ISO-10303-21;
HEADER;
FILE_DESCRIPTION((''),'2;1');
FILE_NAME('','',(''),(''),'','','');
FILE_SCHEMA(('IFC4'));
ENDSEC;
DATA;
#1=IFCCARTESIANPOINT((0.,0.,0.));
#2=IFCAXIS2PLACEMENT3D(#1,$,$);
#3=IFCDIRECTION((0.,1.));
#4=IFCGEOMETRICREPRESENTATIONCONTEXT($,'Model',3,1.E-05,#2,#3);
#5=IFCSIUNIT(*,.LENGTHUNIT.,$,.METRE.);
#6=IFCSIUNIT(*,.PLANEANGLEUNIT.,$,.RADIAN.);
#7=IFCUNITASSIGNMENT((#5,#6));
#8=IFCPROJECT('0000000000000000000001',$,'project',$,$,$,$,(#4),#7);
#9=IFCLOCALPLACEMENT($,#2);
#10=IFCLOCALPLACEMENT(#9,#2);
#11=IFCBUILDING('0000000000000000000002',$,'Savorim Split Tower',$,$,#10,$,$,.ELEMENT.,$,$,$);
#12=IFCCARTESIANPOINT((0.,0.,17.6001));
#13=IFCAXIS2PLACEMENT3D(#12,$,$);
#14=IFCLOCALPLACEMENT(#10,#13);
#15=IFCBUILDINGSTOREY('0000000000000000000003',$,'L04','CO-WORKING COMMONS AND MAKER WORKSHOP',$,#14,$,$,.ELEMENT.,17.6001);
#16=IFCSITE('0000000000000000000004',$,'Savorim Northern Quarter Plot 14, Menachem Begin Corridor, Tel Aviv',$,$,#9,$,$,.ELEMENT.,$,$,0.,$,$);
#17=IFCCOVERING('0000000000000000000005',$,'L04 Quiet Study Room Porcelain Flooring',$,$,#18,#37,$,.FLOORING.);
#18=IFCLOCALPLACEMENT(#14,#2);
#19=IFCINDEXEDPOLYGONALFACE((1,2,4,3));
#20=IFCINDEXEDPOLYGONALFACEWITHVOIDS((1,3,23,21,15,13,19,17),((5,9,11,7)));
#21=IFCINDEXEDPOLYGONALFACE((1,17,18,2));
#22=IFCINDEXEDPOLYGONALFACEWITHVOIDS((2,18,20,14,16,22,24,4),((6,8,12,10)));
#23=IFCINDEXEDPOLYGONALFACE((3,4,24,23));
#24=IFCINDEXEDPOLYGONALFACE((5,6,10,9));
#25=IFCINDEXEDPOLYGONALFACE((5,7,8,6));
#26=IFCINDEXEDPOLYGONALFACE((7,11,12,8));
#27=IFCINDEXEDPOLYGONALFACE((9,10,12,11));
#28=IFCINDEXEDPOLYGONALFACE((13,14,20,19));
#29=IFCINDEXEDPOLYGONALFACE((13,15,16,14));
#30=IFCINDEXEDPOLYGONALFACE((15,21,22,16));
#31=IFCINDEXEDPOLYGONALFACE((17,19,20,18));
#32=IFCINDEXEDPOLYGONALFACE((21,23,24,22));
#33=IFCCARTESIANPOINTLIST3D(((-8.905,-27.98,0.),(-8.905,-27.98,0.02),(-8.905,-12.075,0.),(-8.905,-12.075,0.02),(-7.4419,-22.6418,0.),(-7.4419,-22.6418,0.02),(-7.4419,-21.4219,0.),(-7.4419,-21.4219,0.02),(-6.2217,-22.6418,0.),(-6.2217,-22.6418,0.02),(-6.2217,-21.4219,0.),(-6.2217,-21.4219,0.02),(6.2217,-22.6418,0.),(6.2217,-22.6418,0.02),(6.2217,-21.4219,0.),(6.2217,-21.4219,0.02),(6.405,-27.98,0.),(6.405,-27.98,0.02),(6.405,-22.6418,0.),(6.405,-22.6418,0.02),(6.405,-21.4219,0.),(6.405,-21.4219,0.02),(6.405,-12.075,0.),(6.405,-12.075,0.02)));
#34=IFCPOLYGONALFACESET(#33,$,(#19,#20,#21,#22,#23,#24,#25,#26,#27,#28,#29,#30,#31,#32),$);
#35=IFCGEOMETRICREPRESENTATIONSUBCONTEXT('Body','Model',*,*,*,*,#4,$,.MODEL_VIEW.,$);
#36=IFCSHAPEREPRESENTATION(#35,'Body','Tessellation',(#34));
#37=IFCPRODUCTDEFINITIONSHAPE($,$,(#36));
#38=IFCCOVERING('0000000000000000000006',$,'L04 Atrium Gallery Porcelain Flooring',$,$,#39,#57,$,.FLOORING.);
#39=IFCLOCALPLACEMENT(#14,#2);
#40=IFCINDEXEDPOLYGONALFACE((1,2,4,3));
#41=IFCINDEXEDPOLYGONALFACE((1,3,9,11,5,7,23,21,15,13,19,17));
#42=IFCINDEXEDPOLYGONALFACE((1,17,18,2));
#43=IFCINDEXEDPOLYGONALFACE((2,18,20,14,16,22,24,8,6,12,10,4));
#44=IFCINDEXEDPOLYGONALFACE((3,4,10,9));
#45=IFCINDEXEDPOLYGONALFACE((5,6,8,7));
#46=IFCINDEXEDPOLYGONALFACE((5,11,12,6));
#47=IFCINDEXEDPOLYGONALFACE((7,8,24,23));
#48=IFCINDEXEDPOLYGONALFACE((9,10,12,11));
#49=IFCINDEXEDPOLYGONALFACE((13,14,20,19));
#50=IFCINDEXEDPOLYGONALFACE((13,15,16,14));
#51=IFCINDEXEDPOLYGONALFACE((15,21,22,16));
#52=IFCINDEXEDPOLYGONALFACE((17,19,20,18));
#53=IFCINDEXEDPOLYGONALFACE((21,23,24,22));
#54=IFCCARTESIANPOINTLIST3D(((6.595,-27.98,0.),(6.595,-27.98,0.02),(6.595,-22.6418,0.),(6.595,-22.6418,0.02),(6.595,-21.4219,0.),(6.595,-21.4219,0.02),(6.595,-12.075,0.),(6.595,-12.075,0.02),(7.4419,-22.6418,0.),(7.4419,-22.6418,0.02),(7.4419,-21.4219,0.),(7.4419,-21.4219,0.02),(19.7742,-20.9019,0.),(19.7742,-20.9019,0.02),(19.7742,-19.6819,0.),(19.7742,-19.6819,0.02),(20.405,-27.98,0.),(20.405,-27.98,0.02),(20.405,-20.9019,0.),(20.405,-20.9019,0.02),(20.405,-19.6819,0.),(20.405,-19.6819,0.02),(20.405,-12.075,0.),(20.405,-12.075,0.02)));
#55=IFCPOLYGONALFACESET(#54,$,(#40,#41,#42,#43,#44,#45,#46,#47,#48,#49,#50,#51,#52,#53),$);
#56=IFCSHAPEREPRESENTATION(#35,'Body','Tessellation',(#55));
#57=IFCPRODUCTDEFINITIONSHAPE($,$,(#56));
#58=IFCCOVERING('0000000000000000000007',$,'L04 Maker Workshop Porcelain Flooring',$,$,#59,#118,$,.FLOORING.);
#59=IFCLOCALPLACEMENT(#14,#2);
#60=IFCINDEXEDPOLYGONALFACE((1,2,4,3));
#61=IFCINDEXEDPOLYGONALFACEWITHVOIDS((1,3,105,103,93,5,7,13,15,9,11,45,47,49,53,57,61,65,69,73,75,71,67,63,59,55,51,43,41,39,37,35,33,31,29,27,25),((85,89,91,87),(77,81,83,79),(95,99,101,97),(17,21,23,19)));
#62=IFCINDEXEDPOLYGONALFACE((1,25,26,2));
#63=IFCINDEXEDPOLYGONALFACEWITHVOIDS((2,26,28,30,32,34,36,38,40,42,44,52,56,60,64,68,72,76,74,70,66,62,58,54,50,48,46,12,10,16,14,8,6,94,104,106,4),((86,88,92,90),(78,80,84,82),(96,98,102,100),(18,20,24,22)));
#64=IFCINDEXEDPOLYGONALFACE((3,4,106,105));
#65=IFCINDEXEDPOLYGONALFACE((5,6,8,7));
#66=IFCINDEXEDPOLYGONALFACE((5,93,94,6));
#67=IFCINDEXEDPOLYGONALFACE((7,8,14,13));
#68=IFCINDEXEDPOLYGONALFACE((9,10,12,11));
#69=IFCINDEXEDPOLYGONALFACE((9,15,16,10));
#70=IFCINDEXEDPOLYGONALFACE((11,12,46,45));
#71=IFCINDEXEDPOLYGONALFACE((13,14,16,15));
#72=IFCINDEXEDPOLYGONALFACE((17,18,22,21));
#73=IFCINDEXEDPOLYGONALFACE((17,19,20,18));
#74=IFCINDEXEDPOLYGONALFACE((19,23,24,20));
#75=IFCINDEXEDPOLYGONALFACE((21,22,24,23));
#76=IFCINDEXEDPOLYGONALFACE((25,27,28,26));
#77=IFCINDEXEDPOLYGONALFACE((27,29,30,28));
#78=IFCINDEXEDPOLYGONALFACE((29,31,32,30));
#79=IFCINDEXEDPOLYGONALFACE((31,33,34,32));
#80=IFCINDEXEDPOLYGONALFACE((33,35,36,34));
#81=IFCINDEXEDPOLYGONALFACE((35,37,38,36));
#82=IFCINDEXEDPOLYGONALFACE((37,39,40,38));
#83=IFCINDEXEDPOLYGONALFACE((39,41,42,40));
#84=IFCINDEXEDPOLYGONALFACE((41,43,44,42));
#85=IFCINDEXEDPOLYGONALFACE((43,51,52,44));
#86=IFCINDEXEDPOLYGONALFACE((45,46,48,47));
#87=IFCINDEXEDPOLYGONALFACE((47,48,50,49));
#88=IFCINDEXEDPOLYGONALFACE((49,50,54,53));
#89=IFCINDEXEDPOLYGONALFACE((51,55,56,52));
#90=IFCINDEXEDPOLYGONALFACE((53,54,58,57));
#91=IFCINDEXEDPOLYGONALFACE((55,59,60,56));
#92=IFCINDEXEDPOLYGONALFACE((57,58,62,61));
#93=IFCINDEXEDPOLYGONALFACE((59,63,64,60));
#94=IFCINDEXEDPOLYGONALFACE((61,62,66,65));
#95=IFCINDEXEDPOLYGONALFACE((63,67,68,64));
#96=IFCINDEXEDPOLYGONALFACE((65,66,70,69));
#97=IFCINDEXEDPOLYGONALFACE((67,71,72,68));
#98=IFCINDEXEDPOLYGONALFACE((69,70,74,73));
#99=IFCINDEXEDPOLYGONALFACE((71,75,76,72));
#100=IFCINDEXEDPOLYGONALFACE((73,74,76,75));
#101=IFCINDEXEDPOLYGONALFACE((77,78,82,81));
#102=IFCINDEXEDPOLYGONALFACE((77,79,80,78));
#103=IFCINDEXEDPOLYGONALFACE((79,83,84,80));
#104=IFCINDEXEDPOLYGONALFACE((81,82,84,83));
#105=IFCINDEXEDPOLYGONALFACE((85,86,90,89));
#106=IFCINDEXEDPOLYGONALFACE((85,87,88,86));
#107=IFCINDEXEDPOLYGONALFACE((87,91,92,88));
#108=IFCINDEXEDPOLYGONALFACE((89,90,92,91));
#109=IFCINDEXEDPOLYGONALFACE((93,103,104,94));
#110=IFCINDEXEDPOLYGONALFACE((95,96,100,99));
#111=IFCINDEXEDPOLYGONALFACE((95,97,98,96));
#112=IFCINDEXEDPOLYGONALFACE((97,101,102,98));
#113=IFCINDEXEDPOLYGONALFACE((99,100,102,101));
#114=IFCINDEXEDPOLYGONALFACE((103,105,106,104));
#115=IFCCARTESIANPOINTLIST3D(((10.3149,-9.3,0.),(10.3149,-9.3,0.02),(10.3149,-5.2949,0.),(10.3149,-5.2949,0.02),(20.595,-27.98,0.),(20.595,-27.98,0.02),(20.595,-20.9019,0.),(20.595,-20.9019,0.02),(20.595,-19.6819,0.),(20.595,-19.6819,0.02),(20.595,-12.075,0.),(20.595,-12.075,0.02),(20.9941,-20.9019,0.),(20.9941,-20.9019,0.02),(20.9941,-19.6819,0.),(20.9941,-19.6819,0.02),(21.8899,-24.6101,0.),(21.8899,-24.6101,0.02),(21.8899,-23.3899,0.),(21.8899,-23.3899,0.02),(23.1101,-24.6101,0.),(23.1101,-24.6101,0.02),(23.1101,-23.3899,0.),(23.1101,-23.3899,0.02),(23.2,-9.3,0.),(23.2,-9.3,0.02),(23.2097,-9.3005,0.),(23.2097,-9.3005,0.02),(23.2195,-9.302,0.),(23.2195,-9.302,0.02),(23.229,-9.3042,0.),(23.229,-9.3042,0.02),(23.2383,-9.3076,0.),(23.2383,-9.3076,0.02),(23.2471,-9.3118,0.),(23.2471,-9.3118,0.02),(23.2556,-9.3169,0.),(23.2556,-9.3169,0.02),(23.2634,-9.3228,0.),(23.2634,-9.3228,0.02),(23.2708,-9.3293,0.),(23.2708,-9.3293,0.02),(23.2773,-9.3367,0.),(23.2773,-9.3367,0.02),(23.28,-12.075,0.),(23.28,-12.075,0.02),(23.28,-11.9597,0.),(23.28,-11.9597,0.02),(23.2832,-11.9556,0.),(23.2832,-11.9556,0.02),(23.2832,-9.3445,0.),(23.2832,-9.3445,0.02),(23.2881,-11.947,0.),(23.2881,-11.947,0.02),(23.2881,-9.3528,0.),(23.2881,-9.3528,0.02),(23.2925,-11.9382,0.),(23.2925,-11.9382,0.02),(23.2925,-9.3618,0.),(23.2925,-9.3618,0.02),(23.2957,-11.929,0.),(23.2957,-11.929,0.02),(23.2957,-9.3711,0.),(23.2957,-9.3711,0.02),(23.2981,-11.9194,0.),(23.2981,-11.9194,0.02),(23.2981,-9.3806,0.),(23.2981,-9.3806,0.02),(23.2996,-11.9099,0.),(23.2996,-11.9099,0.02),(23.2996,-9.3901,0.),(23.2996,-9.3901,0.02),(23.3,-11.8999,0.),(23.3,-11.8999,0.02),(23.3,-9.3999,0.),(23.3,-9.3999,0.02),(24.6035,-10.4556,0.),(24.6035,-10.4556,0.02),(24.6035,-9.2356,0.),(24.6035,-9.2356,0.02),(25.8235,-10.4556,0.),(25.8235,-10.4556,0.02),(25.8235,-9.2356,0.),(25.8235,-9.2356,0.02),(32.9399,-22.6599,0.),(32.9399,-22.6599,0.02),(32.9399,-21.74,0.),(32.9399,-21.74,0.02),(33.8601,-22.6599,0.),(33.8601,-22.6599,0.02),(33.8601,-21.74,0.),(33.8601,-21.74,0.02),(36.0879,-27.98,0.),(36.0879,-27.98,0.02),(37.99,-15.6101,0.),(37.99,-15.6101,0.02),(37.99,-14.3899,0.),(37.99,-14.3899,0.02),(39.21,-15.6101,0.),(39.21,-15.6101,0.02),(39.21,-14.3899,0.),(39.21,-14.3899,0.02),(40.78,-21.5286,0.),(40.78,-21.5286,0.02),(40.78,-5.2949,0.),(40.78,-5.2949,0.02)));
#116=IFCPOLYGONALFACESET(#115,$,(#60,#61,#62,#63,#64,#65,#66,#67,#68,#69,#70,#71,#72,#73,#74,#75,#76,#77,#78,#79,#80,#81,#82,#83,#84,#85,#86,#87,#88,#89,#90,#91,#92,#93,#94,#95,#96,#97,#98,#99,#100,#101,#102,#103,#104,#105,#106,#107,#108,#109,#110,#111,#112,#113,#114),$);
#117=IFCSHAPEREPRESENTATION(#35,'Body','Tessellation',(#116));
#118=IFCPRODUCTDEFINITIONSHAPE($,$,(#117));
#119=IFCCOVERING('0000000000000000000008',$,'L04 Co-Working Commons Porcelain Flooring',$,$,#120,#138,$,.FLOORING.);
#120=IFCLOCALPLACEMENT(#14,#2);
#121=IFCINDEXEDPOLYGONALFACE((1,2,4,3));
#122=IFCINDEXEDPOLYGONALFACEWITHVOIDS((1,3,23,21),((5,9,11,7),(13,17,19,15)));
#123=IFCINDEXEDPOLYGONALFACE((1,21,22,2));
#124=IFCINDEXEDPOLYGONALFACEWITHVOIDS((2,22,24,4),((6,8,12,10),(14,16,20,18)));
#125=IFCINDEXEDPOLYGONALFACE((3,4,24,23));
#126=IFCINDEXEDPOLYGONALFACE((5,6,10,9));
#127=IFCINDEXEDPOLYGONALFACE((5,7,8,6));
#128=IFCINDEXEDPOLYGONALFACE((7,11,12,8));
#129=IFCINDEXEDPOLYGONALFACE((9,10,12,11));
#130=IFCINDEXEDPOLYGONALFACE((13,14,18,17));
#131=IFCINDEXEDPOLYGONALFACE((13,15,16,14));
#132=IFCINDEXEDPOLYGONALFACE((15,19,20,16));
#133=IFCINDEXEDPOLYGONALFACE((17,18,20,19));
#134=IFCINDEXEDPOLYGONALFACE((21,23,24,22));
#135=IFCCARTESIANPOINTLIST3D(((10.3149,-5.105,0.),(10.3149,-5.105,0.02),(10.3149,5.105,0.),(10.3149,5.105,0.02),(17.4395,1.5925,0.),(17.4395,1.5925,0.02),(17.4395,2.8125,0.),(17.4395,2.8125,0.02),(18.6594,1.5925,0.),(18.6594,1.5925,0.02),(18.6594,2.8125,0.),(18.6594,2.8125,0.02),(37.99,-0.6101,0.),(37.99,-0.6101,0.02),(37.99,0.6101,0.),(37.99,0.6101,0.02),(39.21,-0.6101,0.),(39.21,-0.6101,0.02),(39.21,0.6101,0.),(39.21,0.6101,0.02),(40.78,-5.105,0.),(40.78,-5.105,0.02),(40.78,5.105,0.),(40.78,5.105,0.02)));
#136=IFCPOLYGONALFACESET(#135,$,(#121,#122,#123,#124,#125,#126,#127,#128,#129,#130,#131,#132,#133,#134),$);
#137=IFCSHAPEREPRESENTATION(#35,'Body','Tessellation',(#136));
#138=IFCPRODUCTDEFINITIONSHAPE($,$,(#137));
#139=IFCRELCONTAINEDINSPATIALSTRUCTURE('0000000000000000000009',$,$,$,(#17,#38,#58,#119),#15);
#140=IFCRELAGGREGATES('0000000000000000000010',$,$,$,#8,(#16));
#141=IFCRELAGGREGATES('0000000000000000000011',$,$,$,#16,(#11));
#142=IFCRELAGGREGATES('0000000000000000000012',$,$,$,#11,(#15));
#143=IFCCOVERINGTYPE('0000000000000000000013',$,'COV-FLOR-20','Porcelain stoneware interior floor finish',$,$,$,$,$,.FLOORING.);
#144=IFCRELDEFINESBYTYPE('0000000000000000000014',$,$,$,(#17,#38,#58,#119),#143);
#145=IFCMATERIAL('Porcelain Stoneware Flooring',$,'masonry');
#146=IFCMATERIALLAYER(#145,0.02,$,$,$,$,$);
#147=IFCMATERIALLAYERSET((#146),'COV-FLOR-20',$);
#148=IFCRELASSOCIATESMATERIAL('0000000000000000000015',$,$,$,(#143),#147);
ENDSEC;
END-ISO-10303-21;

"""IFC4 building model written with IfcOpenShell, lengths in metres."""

from ifc_helpers import new_model, si_unit, direction, frame, origin, place, context, subcontext, project, spatial, polyline, outline, extrude, material, layer, layer_set, type_object, element, save


model = new_model("IFC4")

# Units and contexts
model_context = context("Model", 3, precision=1e-05, world=origin(), true_north=direction((0.0, 1.0)))
body_context = subcontext(model_context, "Body", "Model", "MODEL_VIEW")
ifc_project = project(units=[si_unit("LENGTHUNIT", "METRE"), si_unit("PLANEANGLEUNIT", "RADIAN")], contexts=[model_context])

# Site, building, storey
site_placement = place(None, origin())
site = spatial("IfcSite", under=ifc_project, at=site_placement, Name="Savorim Northern Quarter Plot 14, Menachem Begin Corridor, Tel Aviv", CompositionType="ELEMENT", RefElevation=0.0)
building_placement = place(site_placement, origin())
building = spatial("IfcBuilding", under=site, at=building_placement, Name="Savorim Split Tower", CompositionType="ELEMENT")
storey_placement = place(building_placement, frame((0.0, 0.0, 17.6001)))
storey = spatial("IfcBuildingStorey", under=building, at=storey_placement, Name="L04", Description="CO-WORKING COMMONS AND MAKER WORKSHOP", CompositionType="ELEMENT", Elevation=17.6001)

# Coverings
ifc_material_1 = material(Name="Porcelain Stoneware Flooring", Category="masonry")
ifc_layer_1 = layer(ifc_material_1, 0.02)
ifc_layer_set_1 = layer_set([ifc_layer_1], Name="COV-FLOR-20")
covering_type_1 = type_object("IfcCoveringType", Name="COV-FLOR-20", Description="Porcelain stoneware interior floor finish", PredefinedType="FLOORING", material=ifc_layer_set_1)
covering_1_placement = place(storey_placement, origin())
element("IfcCovering", 1, at=covering_1_placement, inside=storey, type_object=covering_type_1, Name="L04 Quiet Study Room Porcelain Flooring", PredefinedType="FLOORING", context=body_context, shape_type="SweptSolid", body=[
    extrude(outline(polyline([(6.405, -12.075), (-8.905, -12.075), (-8.905, -27.98), (6.405, -27.98), (6.405, -22.6418), (6.2217, -22.6418), (6.2217, -21.4219), (6.405, -21.4219), (6.405, -12.075)]), holes=[polyline([(-6.2217, -21.4219), (-7.4419, -21.4219), (-7.4419, -22.6418), (-6.2217, -22.6418), (-6.2217, -21.4219)])]), origin(), (0.0, 0.0, 1.0), 0.02),
])
covering_2_placement = place(storey_placement, origin())
element("IfcCovering", 2, at=covering_2_placement, inside=storey, type_object=covering_type_1, Name="L04 Atrium Gallery Porcelain Flooring", PredefinedType="FLOORING", context=body_context, shape_type="SweptSolid", body=[
    extrude(outline(polyline([(7.4419, -22.6418), (6.595, -22.6418), (6.595, -27.98), (20.405, -27.98), (20.405, -20.9019), (19.7742, -20.9019), (19.7742, -19.6819), (20.405, -19.6819), (20.405, -12.075), (6.595, -12.075), (6.595, -21.4219), (7.4419, -21.4219), (7.4419, -22.6418)])), origin(), (0.0, 0.0, 1.0), 0.02),
])
covering_3_placement = place(storey_placement, origin())
element("IfcCovering", 3, at=covering_3_placement, inside=storey, type_object=covering_type_1, Name="L04 Maker Workshop Porcelain Flooring", PredefinedType="FLOORING", context=body_context, shape_type="SweptSolid", body=[
    extrude(outline(polyline([(20.595, -27.98), (36.0879, -27.98), (40.78, -21.5286), (40.78, -5.2949), (10.3149, -5.2949), (10.3149, -9.3), (23.2, -9.3), (23.2097, -9.3005), (23.2195, -9.302), (23.229, -9.3042), (23.2383, -9.3076), (23.2471, -9.3118), (23.2556, -9.3169), (23.2634, -9.3228), (23.2708, -9.3293), (23.2773, -9.3367), (23.2832, -9.3445), (23.2881, -9.3528), (23.2925, -9.3618), (23.2957, -9.3711), (23.2981, -9.3806), (23.2996, -9.3901), (23.3, -9.3999), (23.3, -11.8999), (23.2996, -11.9099), (23.2981, -11.9194), (23.2957, -11.929), (23.2925, -11.9382), (23.2881, -11.947), (23.2832, -11.9556), (23.28, -11.9597), (23.28, -12.075), (20.595, -12.075), (20.595, -19.6819), (20.9941, -19.6819), (20.9941, -20.9019), (20.595, -20.9019), (20.595, -27.98)]), holes=[polyline([(37.99, -14.3899), (37.99, -15.6101), (39.21, -15.6101), (39.21, -14.3899), (37.99, -14.3899)]), polyline([(21.8899, -24.6101), (23.1101, -24.6101), (23.1101, -23.3899), (21.8899, -23.3899), (21.8899, -24.6101)]), polyline([(25.8235, -10.4556), (25.8235, -9.2356), (24.6035, -9.2356), (24.6035, -10.4556), (25.8235, -10.4556)]), polyline([(32.9399, -21.74), (32.9399, -22.6599), (33.8601, -22.6599), (33.8601, -21.74), (32.9399, -21.74)])]), origin(), (0.0, 0.0, 1.0), 0.02),
])
covering_4_placement = place(storey_placement, origin())
element("IfcCovering", 4, at=covering_4_placement, inside=storey, type_object=covering_type_1, Name="L04 Co-Working Commons Porcelain Flooring", PredefinedType="FLOORING", context=body_context, shape_type="SweptSolid", body=[
    extrude(outline(polyline([(10.3149, 5.105), (10.3149, -5.105), (40.78, -5.105), (40.78, 5.105), (10.3149, 5.105)]), holes=[polyline([(37.99, 0.6101), (37.99, -0.6101), (39.21, -0.6101), (39.21, 0.6101), (37.99, 0.6101)]), polyline([(18.6594, 2.8125), (17.4395, 2.8125), (17.4395, 1.5925), (18.6594, 1.5925), (18.6594, 2.8125)])]), origin(), (0.0, 0.0, 1.0), 0.02),
])

save(model, "model.ifc")
